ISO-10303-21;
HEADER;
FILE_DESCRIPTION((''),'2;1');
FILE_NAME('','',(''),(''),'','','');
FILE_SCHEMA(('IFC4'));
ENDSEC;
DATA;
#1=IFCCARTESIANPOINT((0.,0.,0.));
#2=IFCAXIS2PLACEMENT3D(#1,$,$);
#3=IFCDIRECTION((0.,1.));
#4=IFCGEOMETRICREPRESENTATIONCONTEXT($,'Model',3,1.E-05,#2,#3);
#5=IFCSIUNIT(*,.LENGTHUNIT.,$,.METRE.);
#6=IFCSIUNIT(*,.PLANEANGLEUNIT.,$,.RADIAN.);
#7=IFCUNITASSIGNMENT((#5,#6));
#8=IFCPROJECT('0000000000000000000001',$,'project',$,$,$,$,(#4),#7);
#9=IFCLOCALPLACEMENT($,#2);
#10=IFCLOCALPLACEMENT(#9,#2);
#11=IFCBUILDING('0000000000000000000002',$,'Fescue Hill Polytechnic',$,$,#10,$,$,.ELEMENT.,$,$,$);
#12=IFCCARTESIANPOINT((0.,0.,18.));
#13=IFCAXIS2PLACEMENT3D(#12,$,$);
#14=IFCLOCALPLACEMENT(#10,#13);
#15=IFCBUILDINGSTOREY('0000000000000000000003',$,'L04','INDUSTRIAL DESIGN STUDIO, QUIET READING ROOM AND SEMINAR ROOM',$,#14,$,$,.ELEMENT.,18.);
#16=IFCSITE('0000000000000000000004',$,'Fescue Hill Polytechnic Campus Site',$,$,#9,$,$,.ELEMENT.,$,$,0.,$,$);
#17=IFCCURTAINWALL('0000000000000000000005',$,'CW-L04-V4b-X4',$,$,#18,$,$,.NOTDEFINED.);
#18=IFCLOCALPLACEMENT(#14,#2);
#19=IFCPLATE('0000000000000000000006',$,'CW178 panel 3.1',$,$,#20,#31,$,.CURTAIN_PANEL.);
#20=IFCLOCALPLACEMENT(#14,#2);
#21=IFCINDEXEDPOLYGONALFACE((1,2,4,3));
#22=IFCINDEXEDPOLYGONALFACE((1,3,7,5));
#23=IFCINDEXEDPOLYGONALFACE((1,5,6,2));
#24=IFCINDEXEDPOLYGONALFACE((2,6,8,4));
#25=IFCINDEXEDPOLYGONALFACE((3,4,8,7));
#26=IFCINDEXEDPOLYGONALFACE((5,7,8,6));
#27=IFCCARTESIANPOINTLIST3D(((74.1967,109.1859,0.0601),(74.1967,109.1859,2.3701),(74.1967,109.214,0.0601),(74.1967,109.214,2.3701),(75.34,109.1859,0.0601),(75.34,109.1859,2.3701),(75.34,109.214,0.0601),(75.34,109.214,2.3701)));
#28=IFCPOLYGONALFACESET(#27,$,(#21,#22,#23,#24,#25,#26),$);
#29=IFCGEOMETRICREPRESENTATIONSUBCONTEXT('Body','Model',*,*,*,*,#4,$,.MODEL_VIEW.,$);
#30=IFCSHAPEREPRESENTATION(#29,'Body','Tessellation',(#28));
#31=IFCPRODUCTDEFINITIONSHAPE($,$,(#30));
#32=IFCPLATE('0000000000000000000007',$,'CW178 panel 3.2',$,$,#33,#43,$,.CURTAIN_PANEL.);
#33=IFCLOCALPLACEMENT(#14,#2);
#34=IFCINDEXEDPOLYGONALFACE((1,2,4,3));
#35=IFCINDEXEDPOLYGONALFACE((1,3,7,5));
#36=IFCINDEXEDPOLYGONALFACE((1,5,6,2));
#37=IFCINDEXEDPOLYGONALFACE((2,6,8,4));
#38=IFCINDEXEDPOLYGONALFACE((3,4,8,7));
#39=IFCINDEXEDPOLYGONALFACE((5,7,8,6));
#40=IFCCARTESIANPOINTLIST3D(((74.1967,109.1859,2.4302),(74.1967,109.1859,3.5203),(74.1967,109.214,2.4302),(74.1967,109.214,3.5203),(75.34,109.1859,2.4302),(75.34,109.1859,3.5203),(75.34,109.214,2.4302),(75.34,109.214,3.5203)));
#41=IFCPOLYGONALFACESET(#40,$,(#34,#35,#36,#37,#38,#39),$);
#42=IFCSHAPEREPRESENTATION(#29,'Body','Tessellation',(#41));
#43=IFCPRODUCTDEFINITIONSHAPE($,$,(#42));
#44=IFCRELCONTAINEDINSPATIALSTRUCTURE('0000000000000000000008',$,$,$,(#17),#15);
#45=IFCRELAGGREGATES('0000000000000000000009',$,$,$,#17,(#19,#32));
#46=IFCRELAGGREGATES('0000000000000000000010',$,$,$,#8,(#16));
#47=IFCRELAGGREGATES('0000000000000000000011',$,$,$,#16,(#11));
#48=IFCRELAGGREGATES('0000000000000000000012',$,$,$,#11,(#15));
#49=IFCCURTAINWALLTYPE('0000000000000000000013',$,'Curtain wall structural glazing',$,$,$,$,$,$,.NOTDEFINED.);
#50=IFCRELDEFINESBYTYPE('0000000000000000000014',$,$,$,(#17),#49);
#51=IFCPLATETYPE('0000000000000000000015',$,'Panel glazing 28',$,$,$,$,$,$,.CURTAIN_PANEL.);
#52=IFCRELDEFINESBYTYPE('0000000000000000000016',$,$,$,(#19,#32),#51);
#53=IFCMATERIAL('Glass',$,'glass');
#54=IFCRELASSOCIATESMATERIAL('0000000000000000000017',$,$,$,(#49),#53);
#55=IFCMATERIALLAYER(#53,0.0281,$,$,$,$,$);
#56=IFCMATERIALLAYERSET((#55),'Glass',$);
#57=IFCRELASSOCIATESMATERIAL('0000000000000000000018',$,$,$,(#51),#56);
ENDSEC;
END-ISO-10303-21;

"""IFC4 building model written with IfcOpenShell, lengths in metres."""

from ifc_helpers import new_model, si_unit, direction, frame, origin, origin_2d, place, context, subcontext, project, spatial, rectangle, extrude, material, layer, layer_set, type_object, element, aggregate, save


model = new_model("IFC4")

# Units and contexts
model_context = context("Model", 3, precision=1e-05, world=origin(), true_north=direction((0.0, 1.0)))
body_context = subcontext(model_context, "Body", "Model", "MODEL_VIEW")
ifc_project = project(units=[si_unit("LENGTHUNIT", "METRE"), si_unit("PLANEANGLEUNIT", "RADIAN")], contexts=[model_context])

# Site, building, storey
site_placement = place(None, origin())
site = spatial("IfcSite", under=ifc_project, at=site_placement, Name="Fescue Hill Polytechnic Campus Site", CompositionType="ELEMENT", RefElevation=0.0)
building_placement = place(site_placement, origin())
building = spatial("IfcBuilding", under=site, at=building_placement, Name="Fescue Hill Polytechnic", CompositionType="ELEMENT")
storey_placement = place(building_placement, frame((0.0, 0.0, 18.0)))
storey = spatial("IfcBuildingStorey", under=building, at=storey_placement, Name="L04", Description="INDUSTRIAL DESIGN STUDIO, QUIET READING ROOM AND SEMINAR ROOM", CompositionType="ELEMENT", Elevation=18.0)

# Curtain wall, plates
ifc_material_1 = material(Name="Glass", Category="glass")
curtain_wall_type = type_object("IfcCurtainWallType", Name="Curtain wall structural glazing", PredefinedType="NOTDEFINED", material=ifc_material_1)
curtain_wall_placement = place(storey_placement, origin())
curtain_wall = element("IfcCurtainWall", 1, at=curtain_wall_placement, inside=storey, type_object=curtain_wall_type, Name="CW-L04-V4b-X4", PredefinedType="NOTDEFINED")
ifc_layer = layer(ifc_material_1, 0.0281)
ifc_layer_set = layer_set([ifc_layer], Name="Glass")
plate_type = type_object("IfcPlateType", Name="Panel glazing 28", PredefinedType="CURTAIN_PANEL", material=ifc_layer_set)
plate_1_placement = place(storey_placement, frame((74.7683, 109.2, 0.0601), z_axis=(0.0, 0.0, 1.0), x_axis=(1.0, 0.0, 0.0)))
plate_1 = element("IfcPlate", 2, at=plate_1_placement, type_object=plate_type, Name="CW178 panel 3.1", PredefinedType="CURTAIN_PANEL", context=body_context, shape_type="SweptSolid", body=[
    extrude(rectangle(XDim=1.1433, YDim=0.0281, at=origin_2d()), origin(), (0.0, 0.0, 1.0), 2.3101),
])
plate_2_placement = place(storey_placement, frame((74.7683, 109.2, 2.4302), z_axis=(0.0, 0.0, 1.0), x_axis=(1.0, 0.0, 0.0)))
plate_2 = element("IfcPlate", 3, at=plate_2_placement, type_object=plate_type, Name="CW178 panel 3.2", PredefinedType="CURTAIN_PANEL", context=body_context, shape_type="SweptSolid", body=[
    extrude(rectangle(XDim=1.1433, YDim=0.0281, at=origin_2d()), origin(), (0.0, 0.0, 1.0), 1.0901),
])
aggregate(curtain_wall, [plate_1, plate_2])

save(model, "model.ifc")
